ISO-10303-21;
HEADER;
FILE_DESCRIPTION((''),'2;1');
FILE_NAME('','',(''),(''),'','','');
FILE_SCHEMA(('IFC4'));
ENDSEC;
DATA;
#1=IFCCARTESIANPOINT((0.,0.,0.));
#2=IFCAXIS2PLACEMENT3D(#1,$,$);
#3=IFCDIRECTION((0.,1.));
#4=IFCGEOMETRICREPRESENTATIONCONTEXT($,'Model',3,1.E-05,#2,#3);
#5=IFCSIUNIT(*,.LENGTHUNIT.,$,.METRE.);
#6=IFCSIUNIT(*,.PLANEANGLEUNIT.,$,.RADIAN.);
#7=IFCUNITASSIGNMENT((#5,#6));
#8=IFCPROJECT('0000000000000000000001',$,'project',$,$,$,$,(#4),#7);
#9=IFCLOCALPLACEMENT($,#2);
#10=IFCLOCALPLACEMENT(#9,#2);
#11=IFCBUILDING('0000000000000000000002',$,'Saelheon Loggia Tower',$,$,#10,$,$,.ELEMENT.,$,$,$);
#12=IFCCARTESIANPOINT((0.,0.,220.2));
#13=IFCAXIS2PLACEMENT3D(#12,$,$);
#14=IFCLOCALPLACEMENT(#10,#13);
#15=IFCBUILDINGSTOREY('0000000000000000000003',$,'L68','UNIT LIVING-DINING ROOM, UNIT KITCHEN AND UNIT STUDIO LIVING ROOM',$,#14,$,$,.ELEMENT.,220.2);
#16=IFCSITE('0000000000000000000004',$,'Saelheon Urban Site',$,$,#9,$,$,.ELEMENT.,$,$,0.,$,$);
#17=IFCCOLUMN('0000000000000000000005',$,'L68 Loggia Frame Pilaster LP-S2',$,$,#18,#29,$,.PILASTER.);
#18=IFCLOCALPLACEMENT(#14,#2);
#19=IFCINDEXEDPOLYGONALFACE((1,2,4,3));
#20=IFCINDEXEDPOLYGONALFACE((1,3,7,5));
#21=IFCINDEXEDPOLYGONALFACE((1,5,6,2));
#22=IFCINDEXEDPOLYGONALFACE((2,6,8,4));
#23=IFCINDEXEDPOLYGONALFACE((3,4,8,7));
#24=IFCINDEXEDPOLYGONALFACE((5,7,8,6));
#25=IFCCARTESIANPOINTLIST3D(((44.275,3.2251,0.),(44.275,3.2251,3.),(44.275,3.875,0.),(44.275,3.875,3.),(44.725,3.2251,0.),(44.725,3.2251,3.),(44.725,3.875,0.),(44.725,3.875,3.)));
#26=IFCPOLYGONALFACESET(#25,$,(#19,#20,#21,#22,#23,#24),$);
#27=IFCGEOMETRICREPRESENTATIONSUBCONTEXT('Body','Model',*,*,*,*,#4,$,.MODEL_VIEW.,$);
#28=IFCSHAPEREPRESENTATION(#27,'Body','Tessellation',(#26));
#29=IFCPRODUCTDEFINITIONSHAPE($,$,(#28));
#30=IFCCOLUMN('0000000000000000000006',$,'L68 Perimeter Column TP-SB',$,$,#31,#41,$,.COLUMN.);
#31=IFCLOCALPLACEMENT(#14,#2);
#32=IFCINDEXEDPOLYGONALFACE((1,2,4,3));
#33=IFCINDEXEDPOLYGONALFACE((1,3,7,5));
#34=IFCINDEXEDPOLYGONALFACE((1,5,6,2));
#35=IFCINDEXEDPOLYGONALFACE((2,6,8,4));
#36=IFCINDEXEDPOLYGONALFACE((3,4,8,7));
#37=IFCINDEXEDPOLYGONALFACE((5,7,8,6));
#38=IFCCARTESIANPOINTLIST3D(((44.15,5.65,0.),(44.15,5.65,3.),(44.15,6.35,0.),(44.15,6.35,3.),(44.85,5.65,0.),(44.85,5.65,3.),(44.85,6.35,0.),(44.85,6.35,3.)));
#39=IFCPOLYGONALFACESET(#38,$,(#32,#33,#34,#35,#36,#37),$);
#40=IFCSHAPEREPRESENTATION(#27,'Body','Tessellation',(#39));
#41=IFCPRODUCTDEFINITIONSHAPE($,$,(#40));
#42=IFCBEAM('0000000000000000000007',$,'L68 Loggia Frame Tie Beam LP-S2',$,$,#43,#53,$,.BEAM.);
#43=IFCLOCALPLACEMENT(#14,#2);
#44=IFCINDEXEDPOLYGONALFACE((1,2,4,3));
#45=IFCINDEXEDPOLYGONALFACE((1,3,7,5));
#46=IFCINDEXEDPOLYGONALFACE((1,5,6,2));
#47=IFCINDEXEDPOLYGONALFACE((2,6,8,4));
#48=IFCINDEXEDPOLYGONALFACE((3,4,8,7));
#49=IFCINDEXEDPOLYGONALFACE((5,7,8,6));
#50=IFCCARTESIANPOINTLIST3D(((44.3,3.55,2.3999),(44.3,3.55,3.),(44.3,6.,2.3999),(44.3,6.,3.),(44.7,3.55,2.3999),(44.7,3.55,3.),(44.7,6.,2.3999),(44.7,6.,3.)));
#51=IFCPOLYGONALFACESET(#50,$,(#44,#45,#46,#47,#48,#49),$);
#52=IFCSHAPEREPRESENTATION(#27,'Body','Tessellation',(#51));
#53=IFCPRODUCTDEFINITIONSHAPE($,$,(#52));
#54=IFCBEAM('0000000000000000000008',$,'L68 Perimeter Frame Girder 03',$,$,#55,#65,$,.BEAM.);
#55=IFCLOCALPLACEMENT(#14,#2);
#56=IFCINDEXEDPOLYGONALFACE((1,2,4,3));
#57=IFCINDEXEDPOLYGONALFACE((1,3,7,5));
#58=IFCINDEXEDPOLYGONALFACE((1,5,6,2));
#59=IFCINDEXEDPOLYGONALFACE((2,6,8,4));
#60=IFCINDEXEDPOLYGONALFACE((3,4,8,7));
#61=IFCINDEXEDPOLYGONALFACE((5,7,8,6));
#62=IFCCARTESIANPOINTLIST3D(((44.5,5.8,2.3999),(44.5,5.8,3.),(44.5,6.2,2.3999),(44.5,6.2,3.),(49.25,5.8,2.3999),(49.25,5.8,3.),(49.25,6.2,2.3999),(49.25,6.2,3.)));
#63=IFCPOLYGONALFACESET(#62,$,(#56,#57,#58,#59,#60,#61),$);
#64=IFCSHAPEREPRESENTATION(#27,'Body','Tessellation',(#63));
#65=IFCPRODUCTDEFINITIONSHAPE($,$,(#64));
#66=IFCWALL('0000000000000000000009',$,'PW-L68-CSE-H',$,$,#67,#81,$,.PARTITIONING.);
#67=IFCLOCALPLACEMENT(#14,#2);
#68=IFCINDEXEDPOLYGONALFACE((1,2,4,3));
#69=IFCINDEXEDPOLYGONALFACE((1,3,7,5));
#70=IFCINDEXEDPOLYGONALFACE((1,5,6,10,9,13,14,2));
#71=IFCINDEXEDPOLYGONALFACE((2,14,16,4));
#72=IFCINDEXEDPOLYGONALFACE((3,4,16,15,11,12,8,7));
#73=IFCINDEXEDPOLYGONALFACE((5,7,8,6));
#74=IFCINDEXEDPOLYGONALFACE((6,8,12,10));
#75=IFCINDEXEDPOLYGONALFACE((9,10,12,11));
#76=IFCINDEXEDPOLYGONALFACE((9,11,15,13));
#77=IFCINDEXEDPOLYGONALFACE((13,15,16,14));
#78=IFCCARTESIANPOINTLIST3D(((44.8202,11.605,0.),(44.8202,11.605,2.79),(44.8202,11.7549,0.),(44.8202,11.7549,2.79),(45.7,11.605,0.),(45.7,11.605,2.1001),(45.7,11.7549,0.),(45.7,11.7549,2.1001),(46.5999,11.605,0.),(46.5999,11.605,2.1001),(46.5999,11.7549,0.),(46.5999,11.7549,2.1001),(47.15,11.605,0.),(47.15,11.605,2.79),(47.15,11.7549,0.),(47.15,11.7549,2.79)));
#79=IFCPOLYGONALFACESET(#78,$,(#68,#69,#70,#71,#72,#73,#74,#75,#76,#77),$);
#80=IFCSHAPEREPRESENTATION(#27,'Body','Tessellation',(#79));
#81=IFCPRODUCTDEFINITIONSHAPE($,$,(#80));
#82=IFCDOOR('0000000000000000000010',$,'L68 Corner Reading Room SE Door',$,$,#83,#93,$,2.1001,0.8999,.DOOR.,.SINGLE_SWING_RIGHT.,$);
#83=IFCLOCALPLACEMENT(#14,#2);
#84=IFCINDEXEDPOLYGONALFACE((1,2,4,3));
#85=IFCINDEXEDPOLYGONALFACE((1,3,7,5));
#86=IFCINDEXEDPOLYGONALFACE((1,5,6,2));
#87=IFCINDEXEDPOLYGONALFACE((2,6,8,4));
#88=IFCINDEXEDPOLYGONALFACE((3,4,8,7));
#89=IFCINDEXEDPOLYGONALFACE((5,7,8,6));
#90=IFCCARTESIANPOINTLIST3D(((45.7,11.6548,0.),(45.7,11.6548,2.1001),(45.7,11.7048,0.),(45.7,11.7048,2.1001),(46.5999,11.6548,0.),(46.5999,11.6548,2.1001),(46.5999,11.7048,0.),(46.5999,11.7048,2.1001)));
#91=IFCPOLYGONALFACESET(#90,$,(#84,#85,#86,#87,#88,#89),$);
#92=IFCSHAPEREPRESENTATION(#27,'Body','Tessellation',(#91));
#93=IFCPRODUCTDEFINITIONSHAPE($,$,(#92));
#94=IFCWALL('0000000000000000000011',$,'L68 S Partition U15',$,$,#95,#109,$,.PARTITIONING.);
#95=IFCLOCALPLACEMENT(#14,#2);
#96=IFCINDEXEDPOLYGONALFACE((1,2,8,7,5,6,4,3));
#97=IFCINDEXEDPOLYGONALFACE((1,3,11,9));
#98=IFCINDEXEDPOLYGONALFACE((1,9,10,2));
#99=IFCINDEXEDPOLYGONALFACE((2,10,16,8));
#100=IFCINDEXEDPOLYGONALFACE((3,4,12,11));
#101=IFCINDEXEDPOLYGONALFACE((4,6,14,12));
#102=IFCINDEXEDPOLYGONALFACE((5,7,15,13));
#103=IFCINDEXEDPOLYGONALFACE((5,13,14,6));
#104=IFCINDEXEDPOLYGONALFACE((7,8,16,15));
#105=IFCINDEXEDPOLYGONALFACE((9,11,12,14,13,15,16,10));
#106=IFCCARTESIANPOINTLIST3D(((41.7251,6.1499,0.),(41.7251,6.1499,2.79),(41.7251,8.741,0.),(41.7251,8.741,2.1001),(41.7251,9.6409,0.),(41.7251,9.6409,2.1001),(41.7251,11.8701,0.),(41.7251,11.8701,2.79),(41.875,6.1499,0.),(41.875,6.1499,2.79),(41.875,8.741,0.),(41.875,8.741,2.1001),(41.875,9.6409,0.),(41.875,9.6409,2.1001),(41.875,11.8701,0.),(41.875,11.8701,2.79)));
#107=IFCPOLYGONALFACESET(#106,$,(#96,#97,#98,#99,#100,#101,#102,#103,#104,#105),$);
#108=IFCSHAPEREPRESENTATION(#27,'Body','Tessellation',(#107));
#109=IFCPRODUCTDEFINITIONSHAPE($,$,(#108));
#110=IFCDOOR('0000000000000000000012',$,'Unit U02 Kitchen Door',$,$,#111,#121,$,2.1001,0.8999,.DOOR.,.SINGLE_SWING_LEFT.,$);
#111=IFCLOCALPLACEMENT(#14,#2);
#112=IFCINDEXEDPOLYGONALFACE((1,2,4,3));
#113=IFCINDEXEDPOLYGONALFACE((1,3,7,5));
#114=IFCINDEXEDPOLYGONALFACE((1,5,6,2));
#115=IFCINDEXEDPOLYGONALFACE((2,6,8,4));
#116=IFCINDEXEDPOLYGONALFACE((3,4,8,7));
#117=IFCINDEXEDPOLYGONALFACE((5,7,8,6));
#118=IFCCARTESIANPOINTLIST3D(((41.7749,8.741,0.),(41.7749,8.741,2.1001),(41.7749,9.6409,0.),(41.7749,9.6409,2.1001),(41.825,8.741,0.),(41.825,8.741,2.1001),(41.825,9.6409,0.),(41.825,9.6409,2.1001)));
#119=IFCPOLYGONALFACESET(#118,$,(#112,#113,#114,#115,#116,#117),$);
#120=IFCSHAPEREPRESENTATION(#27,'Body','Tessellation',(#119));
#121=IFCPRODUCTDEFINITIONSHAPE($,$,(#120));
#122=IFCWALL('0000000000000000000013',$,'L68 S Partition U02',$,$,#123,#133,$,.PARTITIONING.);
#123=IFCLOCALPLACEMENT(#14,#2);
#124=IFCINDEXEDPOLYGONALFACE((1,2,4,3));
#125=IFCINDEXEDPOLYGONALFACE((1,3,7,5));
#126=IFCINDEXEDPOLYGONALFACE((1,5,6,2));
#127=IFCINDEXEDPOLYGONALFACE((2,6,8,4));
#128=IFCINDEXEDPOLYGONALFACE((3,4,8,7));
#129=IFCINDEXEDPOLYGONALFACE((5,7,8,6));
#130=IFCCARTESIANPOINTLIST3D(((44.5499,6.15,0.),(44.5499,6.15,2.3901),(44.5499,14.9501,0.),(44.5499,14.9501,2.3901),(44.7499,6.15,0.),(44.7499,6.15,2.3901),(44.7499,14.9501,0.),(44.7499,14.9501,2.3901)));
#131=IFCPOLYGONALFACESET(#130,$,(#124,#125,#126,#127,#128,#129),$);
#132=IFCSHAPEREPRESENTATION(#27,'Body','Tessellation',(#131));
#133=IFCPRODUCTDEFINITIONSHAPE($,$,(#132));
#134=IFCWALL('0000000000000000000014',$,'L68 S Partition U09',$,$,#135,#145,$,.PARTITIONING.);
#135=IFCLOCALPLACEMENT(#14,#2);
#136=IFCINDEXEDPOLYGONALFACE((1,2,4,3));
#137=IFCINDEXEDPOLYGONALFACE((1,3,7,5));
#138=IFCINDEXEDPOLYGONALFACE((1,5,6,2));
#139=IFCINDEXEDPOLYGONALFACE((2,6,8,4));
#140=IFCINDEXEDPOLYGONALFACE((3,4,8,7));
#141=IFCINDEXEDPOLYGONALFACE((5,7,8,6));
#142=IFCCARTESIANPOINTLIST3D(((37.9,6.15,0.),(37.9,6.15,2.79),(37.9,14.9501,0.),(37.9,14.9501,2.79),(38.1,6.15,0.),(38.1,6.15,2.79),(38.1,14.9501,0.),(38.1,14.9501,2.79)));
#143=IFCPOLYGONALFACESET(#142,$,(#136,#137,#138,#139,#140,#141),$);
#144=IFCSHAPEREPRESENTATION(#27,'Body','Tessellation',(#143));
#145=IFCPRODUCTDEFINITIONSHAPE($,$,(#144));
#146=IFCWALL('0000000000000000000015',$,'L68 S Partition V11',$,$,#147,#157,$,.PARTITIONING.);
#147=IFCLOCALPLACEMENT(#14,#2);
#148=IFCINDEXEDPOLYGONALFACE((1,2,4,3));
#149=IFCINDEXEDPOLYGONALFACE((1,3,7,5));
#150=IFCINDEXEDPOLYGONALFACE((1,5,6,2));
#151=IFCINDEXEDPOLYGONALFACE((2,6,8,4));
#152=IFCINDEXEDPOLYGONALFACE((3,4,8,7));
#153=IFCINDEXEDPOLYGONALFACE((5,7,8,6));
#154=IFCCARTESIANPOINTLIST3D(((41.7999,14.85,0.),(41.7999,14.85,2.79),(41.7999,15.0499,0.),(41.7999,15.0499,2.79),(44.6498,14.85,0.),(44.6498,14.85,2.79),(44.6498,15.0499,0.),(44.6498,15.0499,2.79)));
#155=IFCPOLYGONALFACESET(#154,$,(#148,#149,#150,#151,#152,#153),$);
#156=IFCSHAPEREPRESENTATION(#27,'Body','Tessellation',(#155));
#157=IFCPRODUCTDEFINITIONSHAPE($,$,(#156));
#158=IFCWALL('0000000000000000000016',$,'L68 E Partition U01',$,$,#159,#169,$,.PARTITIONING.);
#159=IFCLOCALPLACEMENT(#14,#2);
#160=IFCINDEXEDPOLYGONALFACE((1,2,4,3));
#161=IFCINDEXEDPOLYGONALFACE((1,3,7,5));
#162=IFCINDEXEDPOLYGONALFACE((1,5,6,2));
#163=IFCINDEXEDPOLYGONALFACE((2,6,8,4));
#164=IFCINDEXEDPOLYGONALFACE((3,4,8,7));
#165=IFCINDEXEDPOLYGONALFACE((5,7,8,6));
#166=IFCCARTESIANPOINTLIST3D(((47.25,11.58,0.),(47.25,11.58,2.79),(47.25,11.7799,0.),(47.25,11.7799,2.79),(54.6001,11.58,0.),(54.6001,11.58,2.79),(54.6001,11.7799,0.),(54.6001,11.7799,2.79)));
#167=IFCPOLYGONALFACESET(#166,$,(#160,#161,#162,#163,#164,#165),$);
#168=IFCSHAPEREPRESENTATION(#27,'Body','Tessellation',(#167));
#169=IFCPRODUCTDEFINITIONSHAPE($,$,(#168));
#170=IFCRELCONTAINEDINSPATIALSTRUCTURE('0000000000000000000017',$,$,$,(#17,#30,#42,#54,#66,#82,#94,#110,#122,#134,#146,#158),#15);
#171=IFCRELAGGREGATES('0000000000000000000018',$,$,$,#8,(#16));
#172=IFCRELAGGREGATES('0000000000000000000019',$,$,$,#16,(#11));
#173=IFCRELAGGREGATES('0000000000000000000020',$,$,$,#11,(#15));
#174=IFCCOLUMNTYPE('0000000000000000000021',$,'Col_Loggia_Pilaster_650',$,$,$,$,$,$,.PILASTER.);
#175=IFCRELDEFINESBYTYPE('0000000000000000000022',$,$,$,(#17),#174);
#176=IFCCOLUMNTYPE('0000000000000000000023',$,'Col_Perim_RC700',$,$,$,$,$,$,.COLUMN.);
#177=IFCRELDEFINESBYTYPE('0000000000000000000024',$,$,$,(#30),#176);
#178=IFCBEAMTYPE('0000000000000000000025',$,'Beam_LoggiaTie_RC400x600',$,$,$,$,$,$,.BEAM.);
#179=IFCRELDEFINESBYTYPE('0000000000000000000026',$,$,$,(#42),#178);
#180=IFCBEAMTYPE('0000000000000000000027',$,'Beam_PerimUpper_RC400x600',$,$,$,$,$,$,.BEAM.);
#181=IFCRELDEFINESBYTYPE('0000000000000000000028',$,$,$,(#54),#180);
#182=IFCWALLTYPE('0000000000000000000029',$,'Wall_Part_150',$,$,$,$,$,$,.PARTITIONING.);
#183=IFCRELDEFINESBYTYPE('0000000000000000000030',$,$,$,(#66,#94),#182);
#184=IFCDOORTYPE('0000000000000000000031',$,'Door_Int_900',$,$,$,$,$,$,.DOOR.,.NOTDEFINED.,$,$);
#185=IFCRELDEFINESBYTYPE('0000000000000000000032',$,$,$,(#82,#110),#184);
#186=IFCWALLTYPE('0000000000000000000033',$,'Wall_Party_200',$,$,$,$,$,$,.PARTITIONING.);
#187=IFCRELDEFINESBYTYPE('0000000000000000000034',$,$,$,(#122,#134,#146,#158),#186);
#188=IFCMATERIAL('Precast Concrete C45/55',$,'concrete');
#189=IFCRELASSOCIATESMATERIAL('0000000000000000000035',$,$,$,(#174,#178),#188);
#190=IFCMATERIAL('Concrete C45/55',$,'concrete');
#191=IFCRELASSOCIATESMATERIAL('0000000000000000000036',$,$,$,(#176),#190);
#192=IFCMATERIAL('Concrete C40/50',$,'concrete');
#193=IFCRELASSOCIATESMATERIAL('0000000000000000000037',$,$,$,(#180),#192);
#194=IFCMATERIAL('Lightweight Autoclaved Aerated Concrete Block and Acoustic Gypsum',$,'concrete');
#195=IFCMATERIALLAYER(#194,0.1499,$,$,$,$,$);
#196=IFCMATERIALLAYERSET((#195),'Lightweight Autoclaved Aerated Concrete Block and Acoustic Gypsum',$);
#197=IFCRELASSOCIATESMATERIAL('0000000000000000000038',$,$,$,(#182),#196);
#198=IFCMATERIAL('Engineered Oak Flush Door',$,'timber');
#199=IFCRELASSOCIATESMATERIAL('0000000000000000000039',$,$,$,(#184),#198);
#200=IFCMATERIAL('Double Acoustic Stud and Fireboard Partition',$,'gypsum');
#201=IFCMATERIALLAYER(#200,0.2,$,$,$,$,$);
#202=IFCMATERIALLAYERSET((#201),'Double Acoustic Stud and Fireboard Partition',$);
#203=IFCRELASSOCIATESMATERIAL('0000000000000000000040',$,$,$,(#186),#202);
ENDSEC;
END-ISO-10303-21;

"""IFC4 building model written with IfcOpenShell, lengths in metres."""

from ifc_helpers import new_model, si_unit, direction, frame, frame_2d, origin, origin_2d, place, context, subcontext, project, spatial, rectangle, extrude, source, transform, mapped, material, layer, layer_set, material_profile, profile_set, type_object, element, fill, save


model = new_model("IFC4")

# Units and contexts
model_context = context("Model", 3, precision=1e-05, world=origin(), true_north=direction((0.0, 1.0)))
body_context = subcontext(model_context, "Body", "Model", "MODEL_VIEW")
ifc_project = project(units=[si_unit("LENGTHUNIT", "METRE"), si_unit("PLANEANGLEUNIT", "RADIAN")], contexts=[model_context])

# Site, building, storey
site_placement = place(None, origin())
site = spatial("IfcSite", under=ifc_project, at=site_placement, Name="Saelheon Urban Site", CompositionType="ELEMENT", RefElevation=0.0)
building_placement = place(site_placement, origin())
building = spatial("IfcBuilding", under=site, at=building_placement, Name="Saelheon Loggia Tower", CompositionType="ELEMENT")
storey_placement = place(building_placement, frame((0.0, 0.0, 220.2)))
storey = spatial("IfcBuildingStorey", under=building, at=storey_placement, Name="L68", Description="UNIT LIVING-DINING ROOM, UNIT KITCHEN AND UNIT STUDIO LIVING ROOM", CompositionType="ELEMENT", Elevation=220.2)

# Columns
ifc_material_1 = material(Name="Precast Concrete C45/55", Category="concrete")
ifc_material_profile_1 = material_profile(ifc_material_1, rectangle(XDim=0.45, YDim=0.6499, at=origin_2d()), Name="RC-450x650")
ifc_profile_set_1 = profile_set([ifc_material_profile_1], Name="Precast Concrete C45/55")
column_type_1 = type_object("IfcColumnType", Name="Col_Loggia_Pilaster_650", PredefinedType="PILASTER", material=ifc_profile_set_1)
shared_shape_1 = source(origin(), body_context, "Body", "SweptSolid", [
    extrude(rectangle(XDim=0.45, YDim=0.6499, at=origin_2d()), origin(), (0.0, 0.0, 1.0), 3.0),
])
column_1_placement = place(storey_placement, frame((44.5, 3.55, 0.0), z_axis=(0.0, 0.0, 1.0), x_axis=(1.0, 0.0, 0.0)))
element("IfcColumn", 1, at=column_1_placement, inside=storey, type_object=column_type_1, Name="L68 Loggia Frame Pilaster LP-S2", PredefinedType="PILASTER", context=body_context, shape_type="MappedRepresentation", body=[
    mapped(shared_shape_1, transform((0.0, 0.0, 0.0), scale=1.0)),
])
ifc_material_2 = material(Name="Concrete C45/55", Category="concrete")
ifc_material_profile_2 = material_profile(ifc_material_2, rectangle(XDim=0.7, YDim=0.7, at=origin_2d()), Name="RC-700x700")
ifc_profile_set_2 = profile_set([ifc_material_profile_2], Name="Concrete C45/55")
column_type_2 = type_object("IfcColumnType", Name="Col_Perim_RC700", PredefinedType="COLUMN", material=ifc_profile_set_2)
shared_shape_2 = source(origin(), body_context, "Body", "SweptSolid", [
    extrude(rectangle(XDim=0.7, YDim=0.7, at=origin_2d()), origin(), (0.0, 0.0, 1.0), 3.0),
])
column_2_placement = place(storey_placement, frame((44.5, 6.0, 0.0), z_axis=(0.0, 0.0, 1.0), x_axis=(1.0, 0.0, 0.0)))
element("IfcColumn", 2, at=column_2_placement, inside=storey, type_object=column_type_2, Name="L68 Perimeter Column TP-SB", PredefinedType="COLUMN", context=body_context, shape_type="MappedRepresentation", body=[
    mapped(shared_shape_2, transform((0.0, 0.0, 0.0), scale=1.0)),
])

# Beams
ifc_material_profile_3 = material_profile(ifc_material_1, rectangle(XDim=0.3999, YDim=0.6001, at=origin_2d()), Name="RC-400x600")
ifc_profile_set_3 = profile_set([ifc_material_profile_3], Name="Precast Concrete C45/55")
beam_type_1 = type_object("IfcBeamType", Name="Beam_LoggiaTie_RC400x600", PredefinedType="BEAM", material=ifc_profile_set_3)
shared_shape_3 = source(origin(), body_context, "Body", "SweptSolid", [
    extrude(rectangle(XDim=0.3999, YDim=0.6001, at=origin_2d()), origin(), (0.0, 0.0, 1.0), 2.45),
])
beam_1_placement = place(storey_placement, frame((44.5, 6.0, 2.7), z_axis=(0.0, -1.0, 0.0), x_axis=(1.0, 0.0, 0.0)))
element("IfcBeam", 3, at=beam_1_placement, inside=storey, type_object=beam_type_1, Name="L68 Loggia Frame Tie Beam LP-S2", PredefinedType="BEAM", context=body_context, shape_type="MappedRepresentation", body=[
    mapped(shared_shape_3, transform((0.0, 0.0, 0.0), scale=1.0)),
])
ifc_material_3 = material(Name="Concrete C40/50", Category="concrete")
ifc_material_profile_4 = material_profile(ifc_material_3, rectangle(XDim=0.3999, YDim=0.6001, at=origin_2d()), Name="RC-400x600")
ifc_profile_set_4 = profile_set([ifc_material_profile_4], Name="Concrete C40/50")
beam_type_2 = type_object("IfcBeamType", Name="Beam_PerimUpper_RC400x600", PredefinedType="BEAM", material=ifc_profile_set_4)
shared_shape_4 = source(origin(), body_context, "Body", "SweptSolid", [
    extrude(rectangle(XDim=0.3999, YDim=0.6001, at=origin_2d()), origin(), (0.0, 0.0, 1.0), 4.75),
])
beam_2_placement = place(storey_placement, frame((44.5, 6.0, 2.7), z_axis=(1.0, 0.0, 0.0), x_axis=(0.0, 1.0, 0.0)))
element("IfcBeam", 4, at=beam_2_placement, inside=storey, type_object=beam_type_2, Name="L68 Perimeter Frame Girder 03", PredefinedType="BEAM", context=body_context, shape_type="MappedRepresentation", body=[
    mapped(shared_shape_4, transform((0.0, 0.0, 0.0), scale=1.0)),
])

# Walls, openings, doors
ifc_material_4 = material(Name="Lightweight Autoclaved Aerated Concrete Block and Acoustic Gypsum", Category="concrete")
ifc_layer_1 = layer(ifc_material_4, 0.1499)
ifc_layer_set_1 = layer_set([ifc_layer_1], Name="Lightweight Autoclaved Aerated Concrete Block and Acoustic Gypsum")
wall_type_1 = type_object("IfcWallType", Name="Wall_Part_150", PredefinedType="PARTITIONING", material=ifc_layer_set_1)
wall_1_placement = place(storey_placement, frame((44.8201, 11.6799, 0.0), z_axis=(0.0, 0.0, 1.0), x_axis=(1.0, 0.0, 0.0)))
wall_1 = element("IfcWall", 5, at=wall_1_placement, inside=storey, type_object=wall_type_1, Name="PW-L68-CSE-H", PredefinedType="PARTITIONING", context=body_context, shape_type="SweptSolid", body=[
    extrude(rectangle(XDim=2.3298, YDim=0.1499, at=frame_2d((1.165, 0.0))), origin(), (0.0, 0.0, 1.0), 2.79),
])
opening_1_placement = place(wall_1_placement, frame((0.8799, 0.0, 0.0)))
opening_1 = element("IfcOpeningElement", 6, at=opening_1_placement, cuts=wall_1, PredefinedType="OPENING", context=body_context, shape_type="SweptSolid", body=[
    extrude(rectangle(XDim=0.8999, YDim=2.1001, at=frame_2d((0.45, 1.05))), frame((0.0, 0.0869, 0.0), z_axis=(0.0, -1.0, 0.0), x_axis=(1.0, 0.0, 0.0)), (0.0, 0.0, 1.0), 0.1738),
])
ifc_material_5 = material(Name="Engineered Oak Flush Door", Category="timber")
door_type_1 = type_object("IfcDoorType", Name="Door_Int_900", OperationType="NOTDEFINED", PredefinedType="DOOR", material=ifc_material_5)
shared_shape_5 = source(origin(), body_context, "Body", "SweptSolid", [
    extrude(rectangle(XDim=0.8999, YDim=2.1001, at=frame_2d((0.45, 1.05))), frame((0.0, 0.0249, 0.0), z_axis=(0.0, -1.0, 0.0), x_axis=(1.0, 0.0, 0.0)), (0.0, 0.0, 1.0), 0.05),
])
door_1_placement = place(opening_1_placement, origin())
door_1 = element("IfcDoor", 7, at=door_1_placement, inside=storey, type_object=door_type_1, Name="L68 Corner Reading Room SE Door", OperationType="SINGLE_SWING_RIGHT", OverallHeight=2.1001, OverallWidth=0.8999, PredefinedType="DOOR", context=body_context, shape_type="MappedRepresentation", body=[
    mapped(shared_shape_5, transform((0.0, 0.0, 0.0), scale=1.0)),
])
fill(opening_1, door_1)
wall_2_placement = place(storey_placement, frame((41.8, 11.8701, 0.0), z_axis=(0.0, 0.0, 1.0), x_axis=(0.0, -1.0, 0.0)))
wall_2 = element("IfcWall", 8, at=wall_2_placement, inside=storey, type_object=wall_type_1, Name="L68 S Partition U15", PredefinedType="PARTITIONING", context=body_context, shape_type="SweptSolid", body=[
    extrude(rectangle(XDim=5.7202, YDim=0.1499, at=frame_2d((2.8601, 0.0))), origin(), (0.0, 0.0, 1.0), 2.79),
])
opening_2_placement = place(wall_2_placement, frame((2.2292, 0.0, 0.0)))
opening_2 = element("IfcOpeningElement", 9, at=opening_2_placement, cuts=wall_2, PredefinedType="OPENING", context=body_context, shape_type="SweptSolid", body=[
    extrude(rectangle(XDim=0.8999, YDim=2.1001, at=frame_2d((0.45, 1.05))), frame((0.0, 0.0869, 0.0), z_axis=(0.0, -1.0, 0.0), x_axis=(1.0, 0.0, 0.0)), (0.0, 0.0, 1.0), 0.1738),
])
door_2_placement = place(opening_2_placement, origin())
door_2 = element("IfcDoor", 10, at=door_2_placement, inside=storey, type_object=door_type_1, Name="Unit U02 Kitchen Door", OperationType="SINGLE_SWING_LEFT", OverallHeight=2.1001, OverallWidth=0.8999, PredefinedType="DOOR", context=body_context, shape_type="MappedRepresentation", body=[
    mapped(shared_shape_5, transform((0.0, 0.0, 0.0), scale=1.0)),
])
fill(opening_2, door_2)

# Walls
ifc_material_6 = material(Name="Double Acoustic Stud and Fireboard Partition", Category="gypsum")
ifc_layer_2 = layer(ifc_material_6, 0.2)
ifc_layer_set_2 = layer_set([ifc_layer_2], Name="Double Acoustic Stud and Fireboard Partition")
wall_type_2 = type_object("IfcWallType", Name="Wall_Party_200", PredefinedType="PARTITIONING", material=ifc_layer_set_2)
wall_3_placement = place(storey_placement, frame((44.6499, 14.95, 0.0), z_axis=(0.0, 0.0, 1.0), x_axis=(0.0, -1.0, 0.0)))
element("IfcWall", 11, at=wall_3_placement, inside=storey, type_object=wall_type_2, Name="L68 S Partition U02", PredefinedType="PARTITIONING", context=body_context, shape_type="SweptSolid", body=[
    extrude(rectangle(XDim=8.8, YDim=0.2, at=frame_2d((4.3999, 0.0))), origin(), (0.0, 0.0, 1.0), 2.3901),
])
wall_4_placement = place(storey_placement, frame((38.0, 14.95, 0.0), z_axis=(0.0, 0.0, 1.0), x_axis=(0.0, -1.0, 0.0)))
element("IfcWall", 12, at=wall_4_placement, inside=storey, type_object=wall_type_2, Name="L68 S Partition U09", PredefinedType="PARTITIONING", context=body_context, shape_type="SweptSolid", body=[
    extrude(rectangle(XDim=8.8, YDim=0.2, at=frame_2d((4.3999, 0.0))), origin(), (0.0, 0.0, 1.0), 2.79),
])

# Walls
wall_5_placement = place(storey_placement, frame((41.8, 14.95, 0.0), z_axis=(0.0, 0.0, 1.0), x_axis=(1.0, 0.0, 0.0)))
element("IfcWall", 13, at=wall_5_placement, inside=storey, type_object=wall_type_2, Name="L68 S Partition V11", PredefinedType="PARTITIONING", context=body_context, shape_type="SweptSolid", body=[
    extrude(rectangle(XDim=2.8499, YDim=0.2, at=frame_2d((1.4248, 0.0))), origin(), (0.0, 0.0, 1.0), 2.79),
])
wall_6_placement = place(storey_placement, frame((47.25, 11.6799, 0.0), z_axis=(0.0, 0.0, 1.0), x_axis=(1.0, 0.0, 0.0)))
element("IfcWall", 14, at=wall_6_placement, inside=storey, type_object=wall_type_2, Name="L68 E Partition U01", PredefinedType="PARTITIONING", context=body_context, shape_type="SweptSolid", body=[
    extrude(rectangle(XDim=7.3501, YDim=0.2, at=frame_2d((3.675, 0.0))), origin(), (0.0, 0.0, 1.0), 2.79),
])

save(model, "model.ifc")
